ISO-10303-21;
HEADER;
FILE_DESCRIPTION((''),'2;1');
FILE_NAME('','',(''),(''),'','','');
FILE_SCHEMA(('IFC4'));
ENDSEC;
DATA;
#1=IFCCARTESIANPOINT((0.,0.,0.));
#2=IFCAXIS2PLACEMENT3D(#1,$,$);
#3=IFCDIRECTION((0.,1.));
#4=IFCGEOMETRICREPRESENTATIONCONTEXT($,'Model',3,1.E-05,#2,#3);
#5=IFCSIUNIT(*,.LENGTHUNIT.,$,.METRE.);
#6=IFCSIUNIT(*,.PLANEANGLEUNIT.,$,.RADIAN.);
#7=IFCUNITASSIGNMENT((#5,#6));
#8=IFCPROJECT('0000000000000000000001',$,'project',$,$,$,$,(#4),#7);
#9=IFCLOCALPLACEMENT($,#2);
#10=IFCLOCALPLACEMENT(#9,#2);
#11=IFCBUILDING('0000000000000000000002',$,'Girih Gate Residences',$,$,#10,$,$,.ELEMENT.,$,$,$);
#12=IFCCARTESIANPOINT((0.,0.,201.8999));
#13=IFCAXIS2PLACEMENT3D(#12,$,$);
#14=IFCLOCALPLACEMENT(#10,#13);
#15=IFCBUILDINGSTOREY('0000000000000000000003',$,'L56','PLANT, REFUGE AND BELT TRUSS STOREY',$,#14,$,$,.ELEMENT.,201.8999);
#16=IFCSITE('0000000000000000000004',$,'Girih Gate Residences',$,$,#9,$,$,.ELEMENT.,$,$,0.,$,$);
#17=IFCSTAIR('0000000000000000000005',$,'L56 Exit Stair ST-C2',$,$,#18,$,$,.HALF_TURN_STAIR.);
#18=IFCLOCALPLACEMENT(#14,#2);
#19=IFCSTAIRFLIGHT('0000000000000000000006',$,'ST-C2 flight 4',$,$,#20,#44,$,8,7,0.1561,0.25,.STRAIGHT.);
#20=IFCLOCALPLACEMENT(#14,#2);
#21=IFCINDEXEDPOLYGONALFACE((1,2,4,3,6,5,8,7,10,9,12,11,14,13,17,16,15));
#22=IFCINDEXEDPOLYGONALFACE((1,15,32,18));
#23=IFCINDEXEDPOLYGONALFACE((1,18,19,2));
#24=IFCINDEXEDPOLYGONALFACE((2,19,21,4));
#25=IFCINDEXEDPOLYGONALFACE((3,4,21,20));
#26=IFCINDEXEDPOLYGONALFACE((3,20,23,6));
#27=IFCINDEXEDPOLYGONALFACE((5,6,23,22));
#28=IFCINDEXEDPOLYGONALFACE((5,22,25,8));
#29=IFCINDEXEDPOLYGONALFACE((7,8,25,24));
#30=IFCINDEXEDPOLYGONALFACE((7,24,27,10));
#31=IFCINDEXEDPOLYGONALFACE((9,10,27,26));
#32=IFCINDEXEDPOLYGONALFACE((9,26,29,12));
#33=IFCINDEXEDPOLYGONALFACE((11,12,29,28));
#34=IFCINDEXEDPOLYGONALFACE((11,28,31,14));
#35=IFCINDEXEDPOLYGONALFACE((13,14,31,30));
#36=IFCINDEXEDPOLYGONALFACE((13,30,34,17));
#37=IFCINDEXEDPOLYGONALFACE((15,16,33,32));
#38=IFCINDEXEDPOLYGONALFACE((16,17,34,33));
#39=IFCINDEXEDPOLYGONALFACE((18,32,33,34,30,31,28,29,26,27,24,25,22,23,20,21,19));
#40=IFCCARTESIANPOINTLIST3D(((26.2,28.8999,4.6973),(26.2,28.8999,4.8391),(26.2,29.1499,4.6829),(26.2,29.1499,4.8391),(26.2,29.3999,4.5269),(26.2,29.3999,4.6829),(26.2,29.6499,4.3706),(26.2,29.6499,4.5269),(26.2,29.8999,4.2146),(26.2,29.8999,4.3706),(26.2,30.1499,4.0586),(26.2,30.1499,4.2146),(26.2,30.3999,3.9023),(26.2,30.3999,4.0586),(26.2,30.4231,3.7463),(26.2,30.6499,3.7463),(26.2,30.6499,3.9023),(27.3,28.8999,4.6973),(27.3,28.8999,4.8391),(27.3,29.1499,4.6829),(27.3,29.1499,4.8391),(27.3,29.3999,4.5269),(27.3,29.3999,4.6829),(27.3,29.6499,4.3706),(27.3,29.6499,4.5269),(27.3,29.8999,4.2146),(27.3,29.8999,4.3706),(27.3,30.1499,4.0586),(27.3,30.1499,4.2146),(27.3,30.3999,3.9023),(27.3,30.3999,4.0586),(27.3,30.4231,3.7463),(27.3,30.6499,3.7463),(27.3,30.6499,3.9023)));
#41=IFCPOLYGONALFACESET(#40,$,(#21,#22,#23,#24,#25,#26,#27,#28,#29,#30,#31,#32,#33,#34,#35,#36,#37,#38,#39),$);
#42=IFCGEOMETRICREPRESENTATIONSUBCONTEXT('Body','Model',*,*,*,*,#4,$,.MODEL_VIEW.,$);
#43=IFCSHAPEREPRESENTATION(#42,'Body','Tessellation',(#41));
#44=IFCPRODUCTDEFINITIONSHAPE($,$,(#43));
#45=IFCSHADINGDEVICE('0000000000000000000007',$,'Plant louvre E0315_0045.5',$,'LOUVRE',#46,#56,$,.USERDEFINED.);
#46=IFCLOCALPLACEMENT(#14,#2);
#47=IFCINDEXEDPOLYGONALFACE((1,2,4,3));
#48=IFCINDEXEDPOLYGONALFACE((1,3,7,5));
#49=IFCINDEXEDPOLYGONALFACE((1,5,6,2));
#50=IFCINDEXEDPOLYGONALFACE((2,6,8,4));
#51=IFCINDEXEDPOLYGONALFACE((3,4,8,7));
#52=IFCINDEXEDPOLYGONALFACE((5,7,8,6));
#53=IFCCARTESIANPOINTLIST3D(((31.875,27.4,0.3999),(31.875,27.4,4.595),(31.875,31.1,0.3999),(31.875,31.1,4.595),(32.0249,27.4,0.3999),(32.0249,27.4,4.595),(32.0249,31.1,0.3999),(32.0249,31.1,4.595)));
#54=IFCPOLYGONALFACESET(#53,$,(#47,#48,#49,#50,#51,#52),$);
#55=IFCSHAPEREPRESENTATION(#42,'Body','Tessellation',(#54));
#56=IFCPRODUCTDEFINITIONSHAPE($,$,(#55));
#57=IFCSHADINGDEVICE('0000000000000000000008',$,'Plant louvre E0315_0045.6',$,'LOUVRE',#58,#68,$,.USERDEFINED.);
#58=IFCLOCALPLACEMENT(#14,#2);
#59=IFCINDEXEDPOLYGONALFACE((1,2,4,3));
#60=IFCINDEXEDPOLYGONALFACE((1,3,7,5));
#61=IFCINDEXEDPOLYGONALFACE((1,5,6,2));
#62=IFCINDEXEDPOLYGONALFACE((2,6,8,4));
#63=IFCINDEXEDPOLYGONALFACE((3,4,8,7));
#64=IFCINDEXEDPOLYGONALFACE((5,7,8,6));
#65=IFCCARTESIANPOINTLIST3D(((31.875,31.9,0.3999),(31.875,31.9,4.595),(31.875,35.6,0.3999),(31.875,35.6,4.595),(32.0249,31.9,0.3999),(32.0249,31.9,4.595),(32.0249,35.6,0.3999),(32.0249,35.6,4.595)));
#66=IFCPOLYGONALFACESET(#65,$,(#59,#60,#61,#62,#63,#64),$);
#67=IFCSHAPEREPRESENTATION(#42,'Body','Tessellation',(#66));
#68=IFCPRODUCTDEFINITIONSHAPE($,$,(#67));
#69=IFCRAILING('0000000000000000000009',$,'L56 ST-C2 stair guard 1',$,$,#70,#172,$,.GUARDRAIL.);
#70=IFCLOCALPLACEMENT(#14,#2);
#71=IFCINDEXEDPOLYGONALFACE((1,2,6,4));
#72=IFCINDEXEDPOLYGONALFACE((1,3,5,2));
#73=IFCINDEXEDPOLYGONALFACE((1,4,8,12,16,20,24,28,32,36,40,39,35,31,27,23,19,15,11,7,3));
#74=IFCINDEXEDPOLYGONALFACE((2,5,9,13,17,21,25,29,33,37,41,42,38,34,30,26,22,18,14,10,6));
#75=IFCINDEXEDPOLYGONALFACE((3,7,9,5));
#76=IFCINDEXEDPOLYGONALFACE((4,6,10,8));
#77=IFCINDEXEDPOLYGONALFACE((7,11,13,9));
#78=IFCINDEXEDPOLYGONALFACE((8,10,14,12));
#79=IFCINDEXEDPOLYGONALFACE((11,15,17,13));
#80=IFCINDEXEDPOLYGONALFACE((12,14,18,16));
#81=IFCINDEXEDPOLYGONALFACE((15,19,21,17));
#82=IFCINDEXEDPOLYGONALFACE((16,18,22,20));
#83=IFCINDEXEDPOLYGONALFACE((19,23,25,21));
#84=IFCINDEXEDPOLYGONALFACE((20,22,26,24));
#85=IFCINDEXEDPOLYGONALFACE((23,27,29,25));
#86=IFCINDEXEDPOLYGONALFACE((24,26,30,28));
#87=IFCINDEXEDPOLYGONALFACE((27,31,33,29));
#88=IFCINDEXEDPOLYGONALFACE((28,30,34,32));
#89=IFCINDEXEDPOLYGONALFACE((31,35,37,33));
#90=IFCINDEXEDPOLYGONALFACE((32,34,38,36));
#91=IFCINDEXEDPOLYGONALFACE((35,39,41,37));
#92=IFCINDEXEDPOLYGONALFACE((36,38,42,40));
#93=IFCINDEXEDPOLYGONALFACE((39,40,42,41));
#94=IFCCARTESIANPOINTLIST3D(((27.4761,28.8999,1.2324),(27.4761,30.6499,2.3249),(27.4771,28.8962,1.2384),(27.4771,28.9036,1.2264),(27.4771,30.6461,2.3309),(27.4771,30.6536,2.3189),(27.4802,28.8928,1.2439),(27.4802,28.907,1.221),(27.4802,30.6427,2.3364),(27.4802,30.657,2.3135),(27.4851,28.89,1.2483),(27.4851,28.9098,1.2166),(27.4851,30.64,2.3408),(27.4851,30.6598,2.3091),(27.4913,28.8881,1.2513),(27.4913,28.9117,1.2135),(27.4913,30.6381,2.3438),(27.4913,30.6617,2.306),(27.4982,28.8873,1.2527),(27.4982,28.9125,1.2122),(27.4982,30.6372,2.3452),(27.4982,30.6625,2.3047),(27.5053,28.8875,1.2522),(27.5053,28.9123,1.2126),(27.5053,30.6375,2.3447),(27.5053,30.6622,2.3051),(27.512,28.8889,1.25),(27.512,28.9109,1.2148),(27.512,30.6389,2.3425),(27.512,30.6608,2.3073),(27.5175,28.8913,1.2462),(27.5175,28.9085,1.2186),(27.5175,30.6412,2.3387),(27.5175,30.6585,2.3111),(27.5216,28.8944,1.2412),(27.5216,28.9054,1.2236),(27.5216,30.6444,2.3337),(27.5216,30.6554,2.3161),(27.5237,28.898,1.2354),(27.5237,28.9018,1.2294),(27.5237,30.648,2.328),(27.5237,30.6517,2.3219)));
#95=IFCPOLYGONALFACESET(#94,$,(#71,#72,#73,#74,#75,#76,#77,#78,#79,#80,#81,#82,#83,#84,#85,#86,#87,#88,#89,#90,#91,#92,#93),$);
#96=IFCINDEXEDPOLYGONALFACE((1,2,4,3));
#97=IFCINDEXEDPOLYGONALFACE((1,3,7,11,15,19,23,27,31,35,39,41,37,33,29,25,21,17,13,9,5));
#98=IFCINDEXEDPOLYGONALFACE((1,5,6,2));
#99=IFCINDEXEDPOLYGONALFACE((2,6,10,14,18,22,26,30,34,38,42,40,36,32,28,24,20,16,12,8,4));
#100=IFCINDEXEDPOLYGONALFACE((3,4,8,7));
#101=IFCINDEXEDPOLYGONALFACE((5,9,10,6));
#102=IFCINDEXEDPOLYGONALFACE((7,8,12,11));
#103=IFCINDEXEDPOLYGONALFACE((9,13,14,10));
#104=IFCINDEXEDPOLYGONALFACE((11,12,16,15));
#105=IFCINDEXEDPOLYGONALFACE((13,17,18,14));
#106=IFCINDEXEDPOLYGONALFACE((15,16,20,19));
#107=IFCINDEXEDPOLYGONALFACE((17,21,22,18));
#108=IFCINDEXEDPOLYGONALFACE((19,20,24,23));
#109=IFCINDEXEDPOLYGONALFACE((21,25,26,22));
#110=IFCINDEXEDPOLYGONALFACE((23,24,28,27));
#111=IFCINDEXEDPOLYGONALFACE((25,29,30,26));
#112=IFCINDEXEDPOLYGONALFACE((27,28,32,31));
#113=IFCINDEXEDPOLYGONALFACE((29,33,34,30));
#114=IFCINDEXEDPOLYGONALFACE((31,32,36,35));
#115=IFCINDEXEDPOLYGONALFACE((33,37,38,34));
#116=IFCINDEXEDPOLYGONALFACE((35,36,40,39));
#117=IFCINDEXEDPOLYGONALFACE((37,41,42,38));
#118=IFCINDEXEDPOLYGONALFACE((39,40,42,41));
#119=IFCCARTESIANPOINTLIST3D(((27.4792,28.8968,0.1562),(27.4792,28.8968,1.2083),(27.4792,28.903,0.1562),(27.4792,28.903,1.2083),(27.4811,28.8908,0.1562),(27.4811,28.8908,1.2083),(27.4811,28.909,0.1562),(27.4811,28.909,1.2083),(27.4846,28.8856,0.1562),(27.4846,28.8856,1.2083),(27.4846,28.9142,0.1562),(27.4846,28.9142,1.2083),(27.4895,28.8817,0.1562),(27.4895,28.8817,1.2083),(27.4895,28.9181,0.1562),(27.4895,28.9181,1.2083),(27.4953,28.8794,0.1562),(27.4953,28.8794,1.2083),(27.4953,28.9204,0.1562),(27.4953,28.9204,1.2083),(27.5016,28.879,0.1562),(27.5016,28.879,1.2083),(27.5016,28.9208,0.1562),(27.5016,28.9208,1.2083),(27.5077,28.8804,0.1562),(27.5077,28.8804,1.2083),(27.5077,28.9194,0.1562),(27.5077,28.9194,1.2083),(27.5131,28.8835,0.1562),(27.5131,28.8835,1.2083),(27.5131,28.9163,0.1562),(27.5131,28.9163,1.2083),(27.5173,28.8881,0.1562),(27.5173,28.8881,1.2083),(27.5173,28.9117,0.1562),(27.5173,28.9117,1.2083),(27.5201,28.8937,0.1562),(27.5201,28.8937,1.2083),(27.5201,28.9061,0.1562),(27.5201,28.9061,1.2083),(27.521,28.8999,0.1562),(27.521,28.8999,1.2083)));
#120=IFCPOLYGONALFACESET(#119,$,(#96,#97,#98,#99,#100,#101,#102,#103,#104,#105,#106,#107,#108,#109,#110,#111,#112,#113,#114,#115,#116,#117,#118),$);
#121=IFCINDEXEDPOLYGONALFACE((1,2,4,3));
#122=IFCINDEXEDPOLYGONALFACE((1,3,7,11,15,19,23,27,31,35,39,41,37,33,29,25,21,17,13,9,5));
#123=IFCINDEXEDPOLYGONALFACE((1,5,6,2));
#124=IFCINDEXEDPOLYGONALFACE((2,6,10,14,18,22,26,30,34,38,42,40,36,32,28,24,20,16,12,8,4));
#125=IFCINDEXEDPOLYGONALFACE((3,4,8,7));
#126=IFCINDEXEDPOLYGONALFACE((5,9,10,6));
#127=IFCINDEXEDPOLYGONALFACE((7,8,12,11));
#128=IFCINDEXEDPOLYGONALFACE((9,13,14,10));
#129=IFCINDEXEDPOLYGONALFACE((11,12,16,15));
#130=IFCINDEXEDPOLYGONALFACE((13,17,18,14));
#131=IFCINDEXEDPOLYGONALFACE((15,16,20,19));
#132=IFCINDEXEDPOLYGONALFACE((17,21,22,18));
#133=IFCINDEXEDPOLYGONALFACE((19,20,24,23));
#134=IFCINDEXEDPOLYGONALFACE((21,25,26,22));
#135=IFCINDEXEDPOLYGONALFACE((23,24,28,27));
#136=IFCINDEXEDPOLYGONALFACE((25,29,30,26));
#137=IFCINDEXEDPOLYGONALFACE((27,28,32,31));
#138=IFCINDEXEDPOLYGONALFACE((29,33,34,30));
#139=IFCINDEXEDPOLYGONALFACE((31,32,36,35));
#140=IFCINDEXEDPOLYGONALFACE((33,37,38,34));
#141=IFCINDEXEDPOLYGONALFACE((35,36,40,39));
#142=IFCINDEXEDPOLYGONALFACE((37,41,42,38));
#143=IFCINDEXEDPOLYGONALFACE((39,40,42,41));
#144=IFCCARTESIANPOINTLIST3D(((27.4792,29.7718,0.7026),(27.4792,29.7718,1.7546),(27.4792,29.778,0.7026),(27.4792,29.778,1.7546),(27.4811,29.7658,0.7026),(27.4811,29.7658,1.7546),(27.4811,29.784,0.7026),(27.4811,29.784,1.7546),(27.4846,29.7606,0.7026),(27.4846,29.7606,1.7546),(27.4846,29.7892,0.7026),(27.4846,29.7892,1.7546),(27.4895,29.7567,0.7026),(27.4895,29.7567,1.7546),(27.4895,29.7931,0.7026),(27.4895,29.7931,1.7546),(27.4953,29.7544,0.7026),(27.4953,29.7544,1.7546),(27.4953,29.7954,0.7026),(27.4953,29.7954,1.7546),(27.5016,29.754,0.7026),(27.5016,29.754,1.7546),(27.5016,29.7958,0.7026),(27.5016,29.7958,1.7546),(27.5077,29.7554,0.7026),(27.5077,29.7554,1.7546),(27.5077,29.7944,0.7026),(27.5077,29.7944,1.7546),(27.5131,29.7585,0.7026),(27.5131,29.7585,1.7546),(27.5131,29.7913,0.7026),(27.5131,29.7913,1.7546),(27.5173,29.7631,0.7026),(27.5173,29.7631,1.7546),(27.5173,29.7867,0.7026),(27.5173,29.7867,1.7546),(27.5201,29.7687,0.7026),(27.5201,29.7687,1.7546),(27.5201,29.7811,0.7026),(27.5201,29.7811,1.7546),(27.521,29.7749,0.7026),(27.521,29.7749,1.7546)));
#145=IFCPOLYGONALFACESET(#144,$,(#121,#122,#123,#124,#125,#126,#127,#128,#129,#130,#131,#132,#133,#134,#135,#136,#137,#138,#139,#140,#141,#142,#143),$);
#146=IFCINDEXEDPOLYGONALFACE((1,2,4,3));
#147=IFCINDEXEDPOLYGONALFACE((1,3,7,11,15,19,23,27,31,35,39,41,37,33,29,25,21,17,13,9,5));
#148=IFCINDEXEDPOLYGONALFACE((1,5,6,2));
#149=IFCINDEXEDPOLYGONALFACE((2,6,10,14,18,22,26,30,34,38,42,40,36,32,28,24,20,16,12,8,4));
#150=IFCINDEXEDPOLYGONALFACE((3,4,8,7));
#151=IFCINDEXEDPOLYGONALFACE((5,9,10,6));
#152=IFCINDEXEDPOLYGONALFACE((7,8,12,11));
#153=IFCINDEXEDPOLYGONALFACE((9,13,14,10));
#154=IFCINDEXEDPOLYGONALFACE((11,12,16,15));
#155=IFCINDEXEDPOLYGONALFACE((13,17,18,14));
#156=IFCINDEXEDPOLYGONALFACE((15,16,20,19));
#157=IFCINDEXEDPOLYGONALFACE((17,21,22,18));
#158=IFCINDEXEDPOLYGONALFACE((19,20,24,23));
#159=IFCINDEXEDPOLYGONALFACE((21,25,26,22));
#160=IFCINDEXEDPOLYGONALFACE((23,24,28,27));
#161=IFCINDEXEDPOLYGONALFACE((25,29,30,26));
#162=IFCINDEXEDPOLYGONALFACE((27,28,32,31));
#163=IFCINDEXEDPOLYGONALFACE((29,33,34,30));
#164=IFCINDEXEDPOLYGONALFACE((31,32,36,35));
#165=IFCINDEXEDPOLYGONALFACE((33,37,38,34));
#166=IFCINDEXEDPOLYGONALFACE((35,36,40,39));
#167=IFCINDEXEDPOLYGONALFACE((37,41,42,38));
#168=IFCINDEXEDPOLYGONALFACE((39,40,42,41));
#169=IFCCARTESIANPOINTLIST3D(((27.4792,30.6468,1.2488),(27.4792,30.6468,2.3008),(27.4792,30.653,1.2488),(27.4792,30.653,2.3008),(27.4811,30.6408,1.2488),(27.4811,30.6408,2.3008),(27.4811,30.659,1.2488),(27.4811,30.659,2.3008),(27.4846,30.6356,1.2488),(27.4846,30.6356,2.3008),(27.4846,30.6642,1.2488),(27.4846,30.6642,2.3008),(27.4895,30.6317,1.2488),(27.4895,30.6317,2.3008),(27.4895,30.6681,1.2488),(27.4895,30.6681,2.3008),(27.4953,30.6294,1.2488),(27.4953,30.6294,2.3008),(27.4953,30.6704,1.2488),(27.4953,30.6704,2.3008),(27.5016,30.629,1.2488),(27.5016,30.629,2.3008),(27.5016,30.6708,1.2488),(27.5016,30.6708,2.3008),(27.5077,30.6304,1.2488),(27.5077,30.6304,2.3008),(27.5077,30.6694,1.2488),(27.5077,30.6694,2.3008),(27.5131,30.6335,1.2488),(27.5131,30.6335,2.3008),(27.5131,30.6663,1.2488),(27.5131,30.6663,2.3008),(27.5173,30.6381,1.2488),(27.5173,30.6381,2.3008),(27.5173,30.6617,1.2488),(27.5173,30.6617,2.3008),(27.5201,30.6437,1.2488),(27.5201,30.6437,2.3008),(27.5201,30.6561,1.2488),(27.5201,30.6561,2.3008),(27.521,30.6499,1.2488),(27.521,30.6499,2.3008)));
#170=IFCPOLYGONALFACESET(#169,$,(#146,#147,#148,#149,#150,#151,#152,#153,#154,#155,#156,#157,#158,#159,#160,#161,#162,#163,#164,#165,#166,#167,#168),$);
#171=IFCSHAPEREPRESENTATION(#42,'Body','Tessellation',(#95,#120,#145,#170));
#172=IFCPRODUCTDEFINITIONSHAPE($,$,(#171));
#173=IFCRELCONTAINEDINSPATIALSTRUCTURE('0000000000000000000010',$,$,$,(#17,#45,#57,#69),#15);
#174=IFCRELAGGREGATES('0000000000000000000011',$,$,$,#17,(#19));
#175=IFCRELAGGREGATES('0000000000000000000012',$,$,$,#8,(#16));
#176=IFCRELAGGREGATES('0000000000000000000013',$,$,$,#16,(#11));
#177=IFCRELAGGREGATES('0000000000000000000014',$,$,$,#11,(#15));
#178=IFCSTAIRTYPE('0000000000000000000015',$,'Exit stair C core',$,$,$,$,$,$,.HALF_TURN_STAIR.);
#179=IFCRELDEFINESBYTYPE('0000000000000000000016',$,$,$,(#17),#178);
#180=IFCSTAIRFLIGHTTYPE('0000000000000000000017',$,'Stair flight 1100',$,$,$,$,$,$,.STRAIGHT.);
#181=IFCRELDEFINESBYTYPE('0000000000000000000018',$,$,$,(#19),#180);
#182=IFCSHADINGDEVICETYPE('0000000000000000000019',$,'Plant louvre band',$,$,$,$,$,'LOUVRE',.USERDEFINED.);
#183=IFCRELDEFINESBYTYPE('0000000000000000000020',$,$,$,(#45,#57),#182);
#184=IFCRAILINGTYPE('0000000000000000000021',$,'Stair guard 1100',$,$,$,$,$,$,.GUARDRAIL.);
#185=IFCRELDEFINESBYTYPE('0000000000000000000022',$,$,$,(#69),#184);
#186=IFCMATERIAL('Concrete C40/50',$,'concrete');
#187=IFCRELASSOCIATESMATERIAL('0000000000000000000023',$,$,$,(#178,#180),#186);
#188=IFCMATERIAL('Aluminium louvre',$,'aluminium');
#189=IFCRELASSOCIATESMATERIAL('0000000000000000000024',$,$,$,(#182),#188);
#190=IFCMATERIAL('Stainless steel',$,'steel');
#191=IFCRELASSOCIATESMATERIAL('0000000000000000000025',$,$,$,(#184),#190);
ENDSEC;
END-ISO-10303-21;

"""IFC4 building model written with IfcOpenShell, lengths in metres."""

from ifc_helpers import new_model, si_unit, direction, frame, origin, origin_2d, place, context, subcontext, project, spatial, polyline, rectangle, circle, outline, extrude, material, type_object, element, aggregate, save


model = new_model("IFC4")

# Units and contexts
model_context = context("Model", 3, precision=1e-05, world=origin(), true_north=direction((0.0, 1.0)))
body_context = subcontext(model_context, "Body", "Model", "MODEL_VIEW")
ifc_project = project(units=[si_unit("LENGTHUNIT", "METRE"), si_unit("PLANEANGLEUNIT", "RADIAN")], contexts=[model_context])

# Site, building, storey
site_placement = place(None, origin())
site = spatial("IfcSite", under=ifc_project, at=site_placement, Name="Girih Gate Residences", CompositionType="ELEMENT", RefElevation=0.0)
building_placement = place(site_placement, origin())
building = spatial("IfcBuilding", under=site, at=building_placement, Name="Girih Gate Residences", CompositionType="ELEMENT")
storey_placement = place(building_placement, frame((0.0, 0.0, 201.8999)))
storey = spatial("IfcBuildingStorey", under=building, at=storey_placement, Name="L56", Description="PLANT, REFUGE AND BELT TRUSS STOREY", CompositionType="ELEMENT", Elevation=201.8999)

# Stair, stair flight
ifc_material_1 = material(Name="Concrete C40/50", Category="concrete")
stair_type = type_object("IfcStairType", Name="Exit stair C core", PredefinedType="HALF_TURN_STAIR", material=ifc_material_1)
stair_placement = place(storey_placement, origin())
stair = element("IfcStair", 1, at=stair_placement, inside=storey, type_object=stair_type, Name="L56 Exit Stair ST-C2", PredefinedType="HALF_TURN_STAIR")
stair_flight_type = type_object("IfcStairFlightType", Name="Stair flight 1100", PredefinedType="STRAIGHT", material=ifc_material_1)
stair_flight_1_placement = place(storey_placement, frame((26.75, 30.6499, 3.7463), z_axis=(0.0, 0.0, 1.0), x_axis=(0.0, -1.0, 0.0)))
stair_flight_1 = element("IfcStairFlight", 2, at=stair_flight_1_placement, type_object=stair_flight_type, Name="ST-C2 flight 4", NumberOfRisers=8, NumberOfTreads=7, PredefinedType="STRAIGHT", RiserHeight=0.1561, TreadLength=0.25, context=body_context, shape_type="SweptSolid", body=[
    extrude(outline(polyline([(0.0, 0.0), (0.0, 0.156), (0.25, 0.156), (0.25, 0.3123), (0.5, 0.3123), (0.5, 0.4683), (0.75, 0.4683), (0.75, 0.6243), (1.0, 0.6243), (1.0, 0.7805), (1.25, 0.7805), (1.25, 0.9365), (1.5, 0.9365), (1.5, 1.0928), (1.75, 1.0928), (1.75, 1.2488), (1.75, 0.9509), (0.2268, 0.0), (0.0, 0.0)])), frame((0.0, 0.55, 0.0), z_axis=(0.0, -1.0, 0.0), x_axis=(1.0, 0.0, 0.0)), (0.0, 0.0, 1.0), 1.1001),
])
aggregate(stair, [stair_flight_1])

# Shading devices
ifc_material_2 = material(Name="Aluminium louvre", Category="aluminium")
shading_device_type = type_object("IfcShadingDeviceType", Name="Plant louvre band", ElementType="LOUVRE", PredefinedType="USERDEFINED", material=ifc_material_2)
for number, where, z_axis, x_axis, name in (
    (3, (31.95, 29.25, 0.3999), (0.0, 0.0, 1.0), (0.0, 1.0, 0.0), "Plant louvre E0315_0045.5"),
    (4, (31.95, 33.75, 0.3999), (0.0, 0.0, 1.0), (0.0, 1.0, 0.0), "Plant louvre E0315_0045.6"),
):
    element("IfcShadingDevice", number, at=place(storey_placement, frame(where, z_axis=z_axis, x_axis=x_axis)), inside=storey, type_object=shading_device_type, Name=name, ObjectType="LOUVRE", PredefinedType="USERDEFINED", context=body_context, shape_type="SweptSolid", body=[
        extrude(rectangle(XDim=3.7, YDim=0.1499, at=origin_2d()), origin(), (0.0, 0.0, 1.0), 4.1951),
    ])

# Railing
ifc_material_3 = material(Name="Stainless steel", Category="steel")
railing_type_1 = type_object("IfcRailingType", Name="Stair guard 1100", PredefinedType="GUARDRAIL", material=ifc_material_3)
railing_1_placement = place(storey_placement, frame((27.5, 28.8999, 0.1562)))
element("IfcRailing", 5, at=railing_1_placement, inside=storey, type_object=railing_type_1, Name="L56 ST-C2 stair guard 1", PredefinedType="GUARDRAIL", context=body_context, shape_type="SweptSolid", body=[
    extrude(circle(Radius=0.0239, at=origin_2d()), frame((0.0, 0.0, 1.0762), z_axis=(0.0, 0.848264, 0.529573), x_axis=(-1.0, 0.0, 0.0)), (0.0, 0.0, 1.0), 2.063),
    extrude(circle(Radius=0.021, at=origin_2d()), origin(), (0.0, 0.0, 1.0), 1.052),
    extrude(circle(Radius=0.021, at=origin_2d()), frame((0.0, 0.875, 0.5464)), (0.0, 0.0, 1.0), 1.052),
    extrude(circle(Radius=0.021, at=origin_2d()), frame((0.0, 1.75, 1.0925)), (0.0, 0.0, 1.0), 1.052),
])

save(model, "model.ifc")
